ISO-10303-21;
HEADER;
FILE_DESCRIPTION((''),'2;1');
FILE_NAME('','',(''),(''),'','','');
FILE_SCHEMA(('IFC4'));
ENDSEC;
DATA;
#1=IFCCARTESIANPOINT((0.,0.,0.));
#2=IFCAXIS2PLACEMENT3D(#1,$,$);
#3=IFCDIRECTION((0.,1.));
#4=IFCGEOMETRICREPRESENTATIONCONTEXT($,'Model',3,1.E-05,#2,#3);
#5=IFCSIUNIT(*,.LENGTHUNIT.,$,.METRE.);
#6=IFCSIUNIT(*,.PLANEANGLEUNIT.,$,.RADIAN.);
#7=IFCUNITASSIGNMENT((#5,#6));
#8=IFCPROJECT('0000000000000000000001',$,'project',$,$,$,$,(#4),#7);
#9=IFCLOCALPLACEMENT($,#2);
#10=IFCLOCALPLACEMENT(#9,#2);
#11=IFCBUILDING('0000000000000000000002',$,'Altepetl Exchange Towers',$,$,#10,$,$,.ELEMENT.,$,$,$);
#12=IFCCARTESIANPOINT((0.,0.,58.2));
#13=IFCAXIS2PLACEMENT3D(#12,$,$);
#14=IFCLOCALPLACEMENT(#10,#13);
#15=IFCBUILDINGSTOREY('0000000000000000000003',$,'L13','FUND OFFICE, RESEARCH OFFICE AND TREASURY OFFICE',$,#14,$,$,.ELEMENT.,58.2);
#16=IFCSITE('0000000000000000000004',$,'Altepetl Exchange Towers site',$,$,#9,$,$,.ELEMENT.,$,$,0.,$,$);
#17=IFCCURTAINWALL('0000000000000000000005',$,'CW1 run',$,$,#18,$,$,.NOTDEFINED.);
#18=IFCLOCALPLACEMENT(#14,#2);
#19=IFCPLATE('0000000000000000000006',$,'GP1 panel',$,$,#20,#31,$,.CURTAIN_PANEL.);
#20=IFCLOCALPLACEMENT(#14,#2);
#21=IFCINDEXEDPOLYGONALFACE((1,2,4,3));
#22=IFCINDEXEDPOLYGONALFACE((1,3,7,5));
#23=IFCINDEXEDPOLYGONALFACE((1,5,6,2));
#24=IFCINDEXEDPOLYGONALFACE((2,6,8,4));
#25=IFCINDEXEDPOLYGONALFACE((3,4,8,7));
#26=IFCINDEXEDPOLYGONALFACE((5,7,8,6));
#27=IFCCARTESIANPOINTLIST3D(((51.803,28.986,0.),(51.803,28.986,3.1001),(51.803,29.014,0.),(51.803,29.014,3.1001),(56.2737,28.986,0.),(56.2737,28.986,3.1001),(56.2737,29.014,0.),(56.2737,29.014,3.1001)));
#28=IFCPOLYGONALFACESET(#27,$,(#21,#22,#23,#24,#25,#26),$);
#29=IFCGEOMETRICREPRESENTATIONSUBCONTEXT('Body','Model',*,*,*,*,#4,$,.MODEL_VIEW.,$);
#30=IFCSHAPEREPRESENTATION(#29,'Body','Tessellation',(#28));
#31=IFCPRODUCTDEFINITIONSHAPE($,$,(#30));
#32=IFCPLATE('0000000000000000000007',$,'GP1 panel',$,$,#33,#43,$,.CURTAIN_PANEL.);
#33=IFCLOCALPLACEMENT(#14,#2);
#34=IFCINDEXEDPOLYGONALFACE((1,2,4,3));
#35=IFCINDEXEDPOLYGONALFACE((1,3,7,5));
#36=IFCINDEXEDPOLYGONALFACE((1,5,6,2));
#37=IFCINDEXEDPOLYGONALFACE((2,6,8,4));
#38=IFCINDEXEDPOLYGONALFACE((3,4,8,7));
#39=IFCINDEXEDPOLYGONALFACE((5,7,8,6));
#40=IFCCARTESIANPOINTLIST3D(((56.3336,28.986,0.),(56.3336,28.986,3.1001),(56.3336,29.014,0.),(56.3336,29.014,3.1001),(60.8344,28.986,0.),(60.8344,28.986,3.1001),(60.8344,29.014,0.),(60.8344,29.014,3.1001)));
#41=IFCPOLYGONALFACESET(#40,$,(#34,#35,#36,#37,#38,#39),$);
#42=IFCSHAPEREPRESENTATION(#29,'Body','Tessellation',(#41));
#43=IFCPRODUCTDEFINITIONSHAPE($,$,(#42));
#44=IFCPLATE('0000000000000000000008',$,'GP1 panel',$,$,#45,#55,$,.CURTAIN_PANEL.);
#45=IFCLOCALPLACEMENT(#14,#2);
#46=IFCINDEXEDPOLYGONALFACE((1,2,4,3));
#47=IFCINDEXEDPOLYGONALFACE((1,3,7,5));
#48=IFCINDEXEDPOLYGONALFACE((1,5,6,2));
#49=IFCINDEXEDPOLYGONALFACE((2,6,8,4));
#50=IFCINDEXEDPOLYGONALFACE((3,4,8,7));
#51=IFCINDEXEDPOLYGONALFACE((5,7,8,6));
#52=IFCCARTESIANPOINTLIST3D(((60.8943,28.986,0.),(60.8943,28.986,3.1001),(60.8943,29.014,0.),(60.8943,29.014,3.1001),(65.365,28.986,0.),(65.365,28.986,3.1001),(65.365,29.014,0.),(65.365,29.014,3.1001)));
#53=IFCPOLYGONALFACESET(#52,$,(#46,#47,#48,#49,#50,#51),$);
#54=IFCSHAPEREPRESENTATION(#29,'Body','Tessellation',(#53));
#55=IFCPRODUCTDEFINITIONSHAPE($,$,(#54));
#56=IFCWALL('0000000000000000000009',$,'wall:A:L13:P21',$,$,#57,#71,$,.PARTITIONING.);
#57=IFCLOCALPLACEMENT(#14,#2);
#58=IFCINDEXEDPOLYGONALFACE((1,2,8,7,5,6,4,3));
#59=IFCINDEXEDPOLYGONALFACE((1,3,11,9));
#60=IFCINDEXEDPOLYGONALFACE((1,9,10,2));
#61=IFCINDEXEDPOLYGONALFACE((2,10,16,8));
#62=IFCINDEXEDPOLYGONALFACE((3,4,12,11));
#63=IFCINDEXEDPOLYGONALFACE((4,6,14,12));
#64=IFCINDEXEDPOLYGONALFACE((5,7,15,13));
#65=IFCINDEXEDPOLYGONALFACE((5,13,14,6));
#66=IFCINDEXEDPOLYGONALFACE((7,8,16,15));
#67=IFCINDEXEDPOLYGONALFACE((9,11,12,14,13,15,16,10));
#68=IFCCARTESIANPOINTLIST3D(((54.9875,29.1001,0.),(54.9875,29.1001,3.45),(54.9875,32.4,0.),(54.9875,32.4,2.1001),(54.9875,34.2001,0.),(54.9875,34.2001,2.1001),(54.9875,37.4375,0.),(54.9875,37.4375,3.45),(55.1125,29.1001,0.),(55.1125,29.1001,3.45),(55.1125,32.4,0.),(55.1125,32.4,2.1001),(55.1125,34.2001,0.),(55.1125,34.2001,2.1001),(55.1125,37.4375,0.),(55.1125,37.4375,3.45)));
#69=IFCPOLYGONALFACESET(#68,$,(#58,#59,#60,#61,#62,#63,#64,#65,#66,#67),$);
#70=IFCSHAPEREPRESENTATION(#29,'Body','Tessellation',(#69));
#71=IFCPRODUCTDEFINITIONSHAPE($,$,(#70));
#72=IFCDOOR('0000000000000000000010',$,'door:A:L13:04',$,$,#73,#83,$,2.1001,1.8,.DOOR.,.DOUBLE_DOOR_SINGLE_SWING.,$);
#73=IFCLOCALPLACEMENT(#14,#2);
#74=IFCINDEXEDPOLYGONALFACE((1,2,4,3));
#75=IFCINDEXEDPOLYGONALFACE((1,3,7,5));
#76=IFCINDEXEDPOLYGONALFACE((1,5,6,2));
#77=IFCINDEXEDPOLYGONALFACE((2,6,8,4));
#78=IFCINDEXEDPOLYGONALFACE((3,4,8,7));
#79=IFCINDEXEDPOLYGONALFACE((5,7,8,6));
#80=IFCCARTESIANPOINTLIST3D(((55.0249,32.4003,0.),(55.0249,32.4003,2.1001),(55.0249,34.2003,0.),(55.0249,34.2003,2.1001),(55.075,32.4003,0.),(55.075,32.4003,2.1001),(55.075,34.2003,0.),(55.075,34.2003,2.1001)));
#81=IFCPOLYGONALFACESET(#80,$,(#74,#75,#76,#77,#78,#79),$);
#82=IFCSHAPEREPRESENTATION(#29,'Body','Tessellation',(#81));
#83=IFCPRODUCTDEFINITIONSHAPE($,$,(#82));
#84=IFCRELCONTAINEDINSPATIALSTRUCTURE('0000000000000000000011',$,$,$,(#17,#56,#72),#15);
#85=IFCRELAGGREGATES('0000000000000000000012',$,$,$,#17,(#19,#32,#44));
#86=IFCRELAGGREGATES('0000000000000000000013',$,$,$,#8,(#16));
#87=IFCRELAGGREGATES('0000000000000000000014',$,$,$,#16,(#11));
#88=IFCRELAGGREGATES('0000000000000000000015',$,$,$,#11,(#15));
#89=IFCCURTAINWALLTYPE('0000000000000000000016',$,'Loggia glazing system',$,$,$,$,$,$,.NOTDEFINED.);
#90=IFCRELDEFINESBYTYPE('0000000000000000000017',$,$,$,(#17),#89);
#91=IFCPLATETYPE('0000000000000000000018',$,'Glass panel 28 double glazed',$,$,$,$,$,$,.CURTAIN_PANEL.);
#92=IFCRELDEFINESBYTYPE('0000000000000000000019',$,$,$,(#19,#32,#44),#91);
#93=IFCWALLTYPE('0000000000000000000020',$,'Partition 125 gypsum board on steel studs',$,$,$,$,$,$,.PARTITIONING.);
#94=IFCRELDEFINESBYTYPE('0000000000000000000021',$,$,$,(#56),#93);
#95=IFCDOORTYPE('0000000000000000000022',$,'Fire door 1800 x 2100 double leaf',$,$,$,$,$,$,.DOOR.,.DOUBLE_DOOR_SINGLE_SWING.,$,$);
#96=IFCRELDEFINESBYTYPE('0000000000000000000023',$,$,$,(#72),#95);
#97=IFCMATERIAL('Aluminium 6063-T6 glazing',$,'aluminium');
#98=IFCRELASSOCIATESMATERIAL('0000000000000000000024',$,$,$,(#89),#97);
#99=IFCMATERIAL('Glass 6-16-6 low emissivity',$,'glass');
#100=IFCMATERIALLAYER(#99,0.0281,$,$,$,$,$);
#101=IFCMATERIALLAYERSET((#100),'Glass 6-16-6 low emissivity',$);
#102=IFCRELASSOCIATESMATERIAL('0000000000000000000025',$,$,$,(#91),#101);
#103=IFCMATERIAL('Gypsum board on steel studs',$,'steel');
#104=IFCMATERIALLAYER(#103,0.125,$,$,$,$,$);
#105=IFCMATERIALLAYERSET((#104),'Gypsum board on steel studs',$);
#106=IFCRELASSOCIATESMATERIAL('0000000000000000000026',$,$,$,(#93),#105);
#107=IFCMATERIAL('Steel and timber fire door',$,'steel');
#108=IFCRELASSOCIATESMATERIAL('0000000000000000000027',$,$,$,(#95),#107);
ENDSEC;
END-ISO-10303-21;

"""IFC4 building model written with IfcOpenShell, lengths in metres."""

from ifc_helpers import new_model, si_unit, direction, frame, frame_2d, origin, origin_2d, place, context, subcontext, project, spatial, rectangle, extrude, material, layer, layer_set, type_object, element, fill, aggregate, save


model = new_model("IFC4")

# Units and contexts
model_context = context("Model", 3, precision=1e-05, world=origin(), true_north=direction((0.0, 1.0)))
body_context = subcontext(model_context, "Body", "Model", "MODEL_VIEW")
ifc_project = project(units=[si_unit("LENGTHUNIT", "METRE"), si_unit("PLANEANGLEUNIT", "RADIAN")], contexts=[model_context])

# Site, building, storey
site_placement = place(None, origin())
site = spatial("IfcSite", under=ifc_project, at=site_placement, Name="Altepetl Exchange Towers site", CompositionType="ELEMENT", RefElevation=0.0)
building_placement = place(site_placement, origin())
building = spatial("IfcBuilding", under=site, at=building_placement, Name="Altepetl Exchange Towers", CompositionType="ELEMENT")
storey_placement = place(building_placement, frame((0.0, 0.0, 58.2)))
storey = spatial("IfcBuildingStorey", under=building, at=storey_placement, Name="L13", Description="FUND OFFICE, RESEARCH OFFICE AND TREASURY OFFICE", CompositionType="ELEMENT", Elevation=58.2)

# Curtain wall
ifc_material_1 = material(Name="Aluminium 6063-T6 glazing", Category="aluminium")
curtain_wall_type = type_object("IfcCurtainWallType", Name="Loggia glazing system", PredefinedType="NOTDEFINED", material=ifc_material_1)
curtain_wall_1_placement = place(storey_placement, origin())
curtain_wall_1 = element("IfcCurtainWall", 1, at=curtain_wall_1_placement, inside=storey, type_object=curtain_wall_type, Name="CW1 run", PredefinedType="NOTDEFINED")

# Plates
ifc_material_2 = material(Name="Glass 6-16-6 low emissivity", Category="glass")
ifc_layer_1 = layer(ifc_material_2, 0.0281)
ifc_layer_set_1 = layer_set([ifc_layer_1], Name="Glass 6-16-6 low emissivity")
plate_type = type_object("IfcPlateType", Name="Glass panel 28 double glazed", PredefinedType="CURTAIN_PANEL", material=ifc_layer_set_1)
plate_1_placement = place(storey_placement, frame((54.0383, 29.0, 0.0)))
plate_1 = element("IfcPlate", 2, at=plate_1_placement, type_object=plate_type, Name="GP1 panel", PredefinedType="CURTAIN_PANEL", context=body_context, shape_type="SweptSolid", body=[
    extrude(rectangle(XDim=4.4707, YDim=0.0281, at=origin_2d()), origin(), (0.0, 0.0, 1.0), 3.1001),
])
plate_2_placement = place(storey_placement, frame((58.584, 29.0, 0.0)))
plate_2 = element("IfcPlate", 3, at=plate_2_placement, type_object=plate_type, Name="GP1 panel", PredefinedType="CURTAIN_PANEL", context=body_context, shape_type="SweptSolid", body=[
    extrude(rectangle(XDim=4.5007, YDim=0.0281, at=origin_2d()), origin(), (0.0, 0.0, 1.0), 3.1001),
])
plate_3_placement = place(storey_placement, frame((63.1296, 29.0, 0.0)))
plate_3 = element("IfcPlate", 4, at=plate_3_placement, type_object=plate_type, Name="GP1 panel", PredefinedType="CURTAIN_PANEL", context=body_context, shape_type="SweptSolid", body=[
    extrude(rectangle(XDim=4.4707, YDim=0.0281, at=origin_2d()), origin(), (0.0, 0.0, 1.0), 3.1001),
])
aggregate(curtain_wall_1, [plate_1, plate_2, plate_3])

# Wall, opening, door
ifc_material_3 = material(Name="Gypsum board on steel studs", Category="steel")
ifc_layer_2 = layer(ifc_material_3, 0.125)
ifc_layer_set_2 = layer_set([ifc_layer_2], Name="Gypsum board on steel studs")
wall_type = type_object("IfcWallType", Name="Partition 125 gypsum board on steel studs", PredefinedType="PARTITIONING", material=ifc_layer_set_2)
wall_placement = place(storey_placement, frame((55.05, 29.1001, 0.0), z_axis=(0.0, 0.0, 1.0), x_axis=(0.0, 1.0, 0.0)))
wall = element("IfcWall", 5, at=wall_placement, inside=storey, type_object=wall_type, Name="wall:A:L13:P21", PredefinedType="PARTITIONING", context=body_context, shape_type="SweptSolid", body=[
    extrude(rectangle(XDim=8.3374, YDim=0.125, at=frame_2d((4.1687, 0.0))), origin(), (0.0, 0.0, 1.0), 3.45),
])
opening_placement = place(wall_placement, frame((3.3, 0.0, 0.0)))
opening = element("IfcOpeningElement", 6, at=opening_placement, cuts=wall, PredefinedType="OPENING", context=body_context, shape_type="SweptSolid", body=[
    extrude(rectangle(XDim=1.8, YDim=2.1001, at=frame_2d((0.8999, 1.05))), frame((0.0, 0.0725, 0.0), z_axis=(0.0, -1.0, 0.0), x_axis=(1.0, 0.0, 0.0)), (0.0, 0.0, 1.0), 0.145),
])
ifc_material_4 = material(Name="Steel and timber fire door", Category="steel")
door_type = type_object("IfcDoorType", Name="Fire door 1800 x 2100 double leaf", OperationType="DOUBLE_DOOR_SINGLE_SWING", PredefinedType="DOOR", material=ifc_material_4)
door_placement = place(opening_placement, frame((1.8, 0.0, 0.0), x_axis=(-1.0, 0.0, 0.0)))
door = element("IfcDoor", 7, at=door_placement, inside=storey, type_object=door_type, Name="door:A:L13:04", OperationType="DOUBLE_DOOR_SINGLE_SWING", OverallHeight=2.1001, OverallWidth=1.8, PredefinedType="DOOR", context=body_context, shape_type="SweptSolid", body=[
    extrude(rectangle(XDim=1.8, YDim=2.1001, at=frame_2d((0.8999, 1.05))), frame((0.0, 0.0249, 0.0), z_axis=(0.0, -1.0, 0.0), x_axis=(1.0, 0.0, 0.0)), (0.0, 0.0, 1.0), 0.05),
])
fill(opening, door)

save(model, "model.ifc")
